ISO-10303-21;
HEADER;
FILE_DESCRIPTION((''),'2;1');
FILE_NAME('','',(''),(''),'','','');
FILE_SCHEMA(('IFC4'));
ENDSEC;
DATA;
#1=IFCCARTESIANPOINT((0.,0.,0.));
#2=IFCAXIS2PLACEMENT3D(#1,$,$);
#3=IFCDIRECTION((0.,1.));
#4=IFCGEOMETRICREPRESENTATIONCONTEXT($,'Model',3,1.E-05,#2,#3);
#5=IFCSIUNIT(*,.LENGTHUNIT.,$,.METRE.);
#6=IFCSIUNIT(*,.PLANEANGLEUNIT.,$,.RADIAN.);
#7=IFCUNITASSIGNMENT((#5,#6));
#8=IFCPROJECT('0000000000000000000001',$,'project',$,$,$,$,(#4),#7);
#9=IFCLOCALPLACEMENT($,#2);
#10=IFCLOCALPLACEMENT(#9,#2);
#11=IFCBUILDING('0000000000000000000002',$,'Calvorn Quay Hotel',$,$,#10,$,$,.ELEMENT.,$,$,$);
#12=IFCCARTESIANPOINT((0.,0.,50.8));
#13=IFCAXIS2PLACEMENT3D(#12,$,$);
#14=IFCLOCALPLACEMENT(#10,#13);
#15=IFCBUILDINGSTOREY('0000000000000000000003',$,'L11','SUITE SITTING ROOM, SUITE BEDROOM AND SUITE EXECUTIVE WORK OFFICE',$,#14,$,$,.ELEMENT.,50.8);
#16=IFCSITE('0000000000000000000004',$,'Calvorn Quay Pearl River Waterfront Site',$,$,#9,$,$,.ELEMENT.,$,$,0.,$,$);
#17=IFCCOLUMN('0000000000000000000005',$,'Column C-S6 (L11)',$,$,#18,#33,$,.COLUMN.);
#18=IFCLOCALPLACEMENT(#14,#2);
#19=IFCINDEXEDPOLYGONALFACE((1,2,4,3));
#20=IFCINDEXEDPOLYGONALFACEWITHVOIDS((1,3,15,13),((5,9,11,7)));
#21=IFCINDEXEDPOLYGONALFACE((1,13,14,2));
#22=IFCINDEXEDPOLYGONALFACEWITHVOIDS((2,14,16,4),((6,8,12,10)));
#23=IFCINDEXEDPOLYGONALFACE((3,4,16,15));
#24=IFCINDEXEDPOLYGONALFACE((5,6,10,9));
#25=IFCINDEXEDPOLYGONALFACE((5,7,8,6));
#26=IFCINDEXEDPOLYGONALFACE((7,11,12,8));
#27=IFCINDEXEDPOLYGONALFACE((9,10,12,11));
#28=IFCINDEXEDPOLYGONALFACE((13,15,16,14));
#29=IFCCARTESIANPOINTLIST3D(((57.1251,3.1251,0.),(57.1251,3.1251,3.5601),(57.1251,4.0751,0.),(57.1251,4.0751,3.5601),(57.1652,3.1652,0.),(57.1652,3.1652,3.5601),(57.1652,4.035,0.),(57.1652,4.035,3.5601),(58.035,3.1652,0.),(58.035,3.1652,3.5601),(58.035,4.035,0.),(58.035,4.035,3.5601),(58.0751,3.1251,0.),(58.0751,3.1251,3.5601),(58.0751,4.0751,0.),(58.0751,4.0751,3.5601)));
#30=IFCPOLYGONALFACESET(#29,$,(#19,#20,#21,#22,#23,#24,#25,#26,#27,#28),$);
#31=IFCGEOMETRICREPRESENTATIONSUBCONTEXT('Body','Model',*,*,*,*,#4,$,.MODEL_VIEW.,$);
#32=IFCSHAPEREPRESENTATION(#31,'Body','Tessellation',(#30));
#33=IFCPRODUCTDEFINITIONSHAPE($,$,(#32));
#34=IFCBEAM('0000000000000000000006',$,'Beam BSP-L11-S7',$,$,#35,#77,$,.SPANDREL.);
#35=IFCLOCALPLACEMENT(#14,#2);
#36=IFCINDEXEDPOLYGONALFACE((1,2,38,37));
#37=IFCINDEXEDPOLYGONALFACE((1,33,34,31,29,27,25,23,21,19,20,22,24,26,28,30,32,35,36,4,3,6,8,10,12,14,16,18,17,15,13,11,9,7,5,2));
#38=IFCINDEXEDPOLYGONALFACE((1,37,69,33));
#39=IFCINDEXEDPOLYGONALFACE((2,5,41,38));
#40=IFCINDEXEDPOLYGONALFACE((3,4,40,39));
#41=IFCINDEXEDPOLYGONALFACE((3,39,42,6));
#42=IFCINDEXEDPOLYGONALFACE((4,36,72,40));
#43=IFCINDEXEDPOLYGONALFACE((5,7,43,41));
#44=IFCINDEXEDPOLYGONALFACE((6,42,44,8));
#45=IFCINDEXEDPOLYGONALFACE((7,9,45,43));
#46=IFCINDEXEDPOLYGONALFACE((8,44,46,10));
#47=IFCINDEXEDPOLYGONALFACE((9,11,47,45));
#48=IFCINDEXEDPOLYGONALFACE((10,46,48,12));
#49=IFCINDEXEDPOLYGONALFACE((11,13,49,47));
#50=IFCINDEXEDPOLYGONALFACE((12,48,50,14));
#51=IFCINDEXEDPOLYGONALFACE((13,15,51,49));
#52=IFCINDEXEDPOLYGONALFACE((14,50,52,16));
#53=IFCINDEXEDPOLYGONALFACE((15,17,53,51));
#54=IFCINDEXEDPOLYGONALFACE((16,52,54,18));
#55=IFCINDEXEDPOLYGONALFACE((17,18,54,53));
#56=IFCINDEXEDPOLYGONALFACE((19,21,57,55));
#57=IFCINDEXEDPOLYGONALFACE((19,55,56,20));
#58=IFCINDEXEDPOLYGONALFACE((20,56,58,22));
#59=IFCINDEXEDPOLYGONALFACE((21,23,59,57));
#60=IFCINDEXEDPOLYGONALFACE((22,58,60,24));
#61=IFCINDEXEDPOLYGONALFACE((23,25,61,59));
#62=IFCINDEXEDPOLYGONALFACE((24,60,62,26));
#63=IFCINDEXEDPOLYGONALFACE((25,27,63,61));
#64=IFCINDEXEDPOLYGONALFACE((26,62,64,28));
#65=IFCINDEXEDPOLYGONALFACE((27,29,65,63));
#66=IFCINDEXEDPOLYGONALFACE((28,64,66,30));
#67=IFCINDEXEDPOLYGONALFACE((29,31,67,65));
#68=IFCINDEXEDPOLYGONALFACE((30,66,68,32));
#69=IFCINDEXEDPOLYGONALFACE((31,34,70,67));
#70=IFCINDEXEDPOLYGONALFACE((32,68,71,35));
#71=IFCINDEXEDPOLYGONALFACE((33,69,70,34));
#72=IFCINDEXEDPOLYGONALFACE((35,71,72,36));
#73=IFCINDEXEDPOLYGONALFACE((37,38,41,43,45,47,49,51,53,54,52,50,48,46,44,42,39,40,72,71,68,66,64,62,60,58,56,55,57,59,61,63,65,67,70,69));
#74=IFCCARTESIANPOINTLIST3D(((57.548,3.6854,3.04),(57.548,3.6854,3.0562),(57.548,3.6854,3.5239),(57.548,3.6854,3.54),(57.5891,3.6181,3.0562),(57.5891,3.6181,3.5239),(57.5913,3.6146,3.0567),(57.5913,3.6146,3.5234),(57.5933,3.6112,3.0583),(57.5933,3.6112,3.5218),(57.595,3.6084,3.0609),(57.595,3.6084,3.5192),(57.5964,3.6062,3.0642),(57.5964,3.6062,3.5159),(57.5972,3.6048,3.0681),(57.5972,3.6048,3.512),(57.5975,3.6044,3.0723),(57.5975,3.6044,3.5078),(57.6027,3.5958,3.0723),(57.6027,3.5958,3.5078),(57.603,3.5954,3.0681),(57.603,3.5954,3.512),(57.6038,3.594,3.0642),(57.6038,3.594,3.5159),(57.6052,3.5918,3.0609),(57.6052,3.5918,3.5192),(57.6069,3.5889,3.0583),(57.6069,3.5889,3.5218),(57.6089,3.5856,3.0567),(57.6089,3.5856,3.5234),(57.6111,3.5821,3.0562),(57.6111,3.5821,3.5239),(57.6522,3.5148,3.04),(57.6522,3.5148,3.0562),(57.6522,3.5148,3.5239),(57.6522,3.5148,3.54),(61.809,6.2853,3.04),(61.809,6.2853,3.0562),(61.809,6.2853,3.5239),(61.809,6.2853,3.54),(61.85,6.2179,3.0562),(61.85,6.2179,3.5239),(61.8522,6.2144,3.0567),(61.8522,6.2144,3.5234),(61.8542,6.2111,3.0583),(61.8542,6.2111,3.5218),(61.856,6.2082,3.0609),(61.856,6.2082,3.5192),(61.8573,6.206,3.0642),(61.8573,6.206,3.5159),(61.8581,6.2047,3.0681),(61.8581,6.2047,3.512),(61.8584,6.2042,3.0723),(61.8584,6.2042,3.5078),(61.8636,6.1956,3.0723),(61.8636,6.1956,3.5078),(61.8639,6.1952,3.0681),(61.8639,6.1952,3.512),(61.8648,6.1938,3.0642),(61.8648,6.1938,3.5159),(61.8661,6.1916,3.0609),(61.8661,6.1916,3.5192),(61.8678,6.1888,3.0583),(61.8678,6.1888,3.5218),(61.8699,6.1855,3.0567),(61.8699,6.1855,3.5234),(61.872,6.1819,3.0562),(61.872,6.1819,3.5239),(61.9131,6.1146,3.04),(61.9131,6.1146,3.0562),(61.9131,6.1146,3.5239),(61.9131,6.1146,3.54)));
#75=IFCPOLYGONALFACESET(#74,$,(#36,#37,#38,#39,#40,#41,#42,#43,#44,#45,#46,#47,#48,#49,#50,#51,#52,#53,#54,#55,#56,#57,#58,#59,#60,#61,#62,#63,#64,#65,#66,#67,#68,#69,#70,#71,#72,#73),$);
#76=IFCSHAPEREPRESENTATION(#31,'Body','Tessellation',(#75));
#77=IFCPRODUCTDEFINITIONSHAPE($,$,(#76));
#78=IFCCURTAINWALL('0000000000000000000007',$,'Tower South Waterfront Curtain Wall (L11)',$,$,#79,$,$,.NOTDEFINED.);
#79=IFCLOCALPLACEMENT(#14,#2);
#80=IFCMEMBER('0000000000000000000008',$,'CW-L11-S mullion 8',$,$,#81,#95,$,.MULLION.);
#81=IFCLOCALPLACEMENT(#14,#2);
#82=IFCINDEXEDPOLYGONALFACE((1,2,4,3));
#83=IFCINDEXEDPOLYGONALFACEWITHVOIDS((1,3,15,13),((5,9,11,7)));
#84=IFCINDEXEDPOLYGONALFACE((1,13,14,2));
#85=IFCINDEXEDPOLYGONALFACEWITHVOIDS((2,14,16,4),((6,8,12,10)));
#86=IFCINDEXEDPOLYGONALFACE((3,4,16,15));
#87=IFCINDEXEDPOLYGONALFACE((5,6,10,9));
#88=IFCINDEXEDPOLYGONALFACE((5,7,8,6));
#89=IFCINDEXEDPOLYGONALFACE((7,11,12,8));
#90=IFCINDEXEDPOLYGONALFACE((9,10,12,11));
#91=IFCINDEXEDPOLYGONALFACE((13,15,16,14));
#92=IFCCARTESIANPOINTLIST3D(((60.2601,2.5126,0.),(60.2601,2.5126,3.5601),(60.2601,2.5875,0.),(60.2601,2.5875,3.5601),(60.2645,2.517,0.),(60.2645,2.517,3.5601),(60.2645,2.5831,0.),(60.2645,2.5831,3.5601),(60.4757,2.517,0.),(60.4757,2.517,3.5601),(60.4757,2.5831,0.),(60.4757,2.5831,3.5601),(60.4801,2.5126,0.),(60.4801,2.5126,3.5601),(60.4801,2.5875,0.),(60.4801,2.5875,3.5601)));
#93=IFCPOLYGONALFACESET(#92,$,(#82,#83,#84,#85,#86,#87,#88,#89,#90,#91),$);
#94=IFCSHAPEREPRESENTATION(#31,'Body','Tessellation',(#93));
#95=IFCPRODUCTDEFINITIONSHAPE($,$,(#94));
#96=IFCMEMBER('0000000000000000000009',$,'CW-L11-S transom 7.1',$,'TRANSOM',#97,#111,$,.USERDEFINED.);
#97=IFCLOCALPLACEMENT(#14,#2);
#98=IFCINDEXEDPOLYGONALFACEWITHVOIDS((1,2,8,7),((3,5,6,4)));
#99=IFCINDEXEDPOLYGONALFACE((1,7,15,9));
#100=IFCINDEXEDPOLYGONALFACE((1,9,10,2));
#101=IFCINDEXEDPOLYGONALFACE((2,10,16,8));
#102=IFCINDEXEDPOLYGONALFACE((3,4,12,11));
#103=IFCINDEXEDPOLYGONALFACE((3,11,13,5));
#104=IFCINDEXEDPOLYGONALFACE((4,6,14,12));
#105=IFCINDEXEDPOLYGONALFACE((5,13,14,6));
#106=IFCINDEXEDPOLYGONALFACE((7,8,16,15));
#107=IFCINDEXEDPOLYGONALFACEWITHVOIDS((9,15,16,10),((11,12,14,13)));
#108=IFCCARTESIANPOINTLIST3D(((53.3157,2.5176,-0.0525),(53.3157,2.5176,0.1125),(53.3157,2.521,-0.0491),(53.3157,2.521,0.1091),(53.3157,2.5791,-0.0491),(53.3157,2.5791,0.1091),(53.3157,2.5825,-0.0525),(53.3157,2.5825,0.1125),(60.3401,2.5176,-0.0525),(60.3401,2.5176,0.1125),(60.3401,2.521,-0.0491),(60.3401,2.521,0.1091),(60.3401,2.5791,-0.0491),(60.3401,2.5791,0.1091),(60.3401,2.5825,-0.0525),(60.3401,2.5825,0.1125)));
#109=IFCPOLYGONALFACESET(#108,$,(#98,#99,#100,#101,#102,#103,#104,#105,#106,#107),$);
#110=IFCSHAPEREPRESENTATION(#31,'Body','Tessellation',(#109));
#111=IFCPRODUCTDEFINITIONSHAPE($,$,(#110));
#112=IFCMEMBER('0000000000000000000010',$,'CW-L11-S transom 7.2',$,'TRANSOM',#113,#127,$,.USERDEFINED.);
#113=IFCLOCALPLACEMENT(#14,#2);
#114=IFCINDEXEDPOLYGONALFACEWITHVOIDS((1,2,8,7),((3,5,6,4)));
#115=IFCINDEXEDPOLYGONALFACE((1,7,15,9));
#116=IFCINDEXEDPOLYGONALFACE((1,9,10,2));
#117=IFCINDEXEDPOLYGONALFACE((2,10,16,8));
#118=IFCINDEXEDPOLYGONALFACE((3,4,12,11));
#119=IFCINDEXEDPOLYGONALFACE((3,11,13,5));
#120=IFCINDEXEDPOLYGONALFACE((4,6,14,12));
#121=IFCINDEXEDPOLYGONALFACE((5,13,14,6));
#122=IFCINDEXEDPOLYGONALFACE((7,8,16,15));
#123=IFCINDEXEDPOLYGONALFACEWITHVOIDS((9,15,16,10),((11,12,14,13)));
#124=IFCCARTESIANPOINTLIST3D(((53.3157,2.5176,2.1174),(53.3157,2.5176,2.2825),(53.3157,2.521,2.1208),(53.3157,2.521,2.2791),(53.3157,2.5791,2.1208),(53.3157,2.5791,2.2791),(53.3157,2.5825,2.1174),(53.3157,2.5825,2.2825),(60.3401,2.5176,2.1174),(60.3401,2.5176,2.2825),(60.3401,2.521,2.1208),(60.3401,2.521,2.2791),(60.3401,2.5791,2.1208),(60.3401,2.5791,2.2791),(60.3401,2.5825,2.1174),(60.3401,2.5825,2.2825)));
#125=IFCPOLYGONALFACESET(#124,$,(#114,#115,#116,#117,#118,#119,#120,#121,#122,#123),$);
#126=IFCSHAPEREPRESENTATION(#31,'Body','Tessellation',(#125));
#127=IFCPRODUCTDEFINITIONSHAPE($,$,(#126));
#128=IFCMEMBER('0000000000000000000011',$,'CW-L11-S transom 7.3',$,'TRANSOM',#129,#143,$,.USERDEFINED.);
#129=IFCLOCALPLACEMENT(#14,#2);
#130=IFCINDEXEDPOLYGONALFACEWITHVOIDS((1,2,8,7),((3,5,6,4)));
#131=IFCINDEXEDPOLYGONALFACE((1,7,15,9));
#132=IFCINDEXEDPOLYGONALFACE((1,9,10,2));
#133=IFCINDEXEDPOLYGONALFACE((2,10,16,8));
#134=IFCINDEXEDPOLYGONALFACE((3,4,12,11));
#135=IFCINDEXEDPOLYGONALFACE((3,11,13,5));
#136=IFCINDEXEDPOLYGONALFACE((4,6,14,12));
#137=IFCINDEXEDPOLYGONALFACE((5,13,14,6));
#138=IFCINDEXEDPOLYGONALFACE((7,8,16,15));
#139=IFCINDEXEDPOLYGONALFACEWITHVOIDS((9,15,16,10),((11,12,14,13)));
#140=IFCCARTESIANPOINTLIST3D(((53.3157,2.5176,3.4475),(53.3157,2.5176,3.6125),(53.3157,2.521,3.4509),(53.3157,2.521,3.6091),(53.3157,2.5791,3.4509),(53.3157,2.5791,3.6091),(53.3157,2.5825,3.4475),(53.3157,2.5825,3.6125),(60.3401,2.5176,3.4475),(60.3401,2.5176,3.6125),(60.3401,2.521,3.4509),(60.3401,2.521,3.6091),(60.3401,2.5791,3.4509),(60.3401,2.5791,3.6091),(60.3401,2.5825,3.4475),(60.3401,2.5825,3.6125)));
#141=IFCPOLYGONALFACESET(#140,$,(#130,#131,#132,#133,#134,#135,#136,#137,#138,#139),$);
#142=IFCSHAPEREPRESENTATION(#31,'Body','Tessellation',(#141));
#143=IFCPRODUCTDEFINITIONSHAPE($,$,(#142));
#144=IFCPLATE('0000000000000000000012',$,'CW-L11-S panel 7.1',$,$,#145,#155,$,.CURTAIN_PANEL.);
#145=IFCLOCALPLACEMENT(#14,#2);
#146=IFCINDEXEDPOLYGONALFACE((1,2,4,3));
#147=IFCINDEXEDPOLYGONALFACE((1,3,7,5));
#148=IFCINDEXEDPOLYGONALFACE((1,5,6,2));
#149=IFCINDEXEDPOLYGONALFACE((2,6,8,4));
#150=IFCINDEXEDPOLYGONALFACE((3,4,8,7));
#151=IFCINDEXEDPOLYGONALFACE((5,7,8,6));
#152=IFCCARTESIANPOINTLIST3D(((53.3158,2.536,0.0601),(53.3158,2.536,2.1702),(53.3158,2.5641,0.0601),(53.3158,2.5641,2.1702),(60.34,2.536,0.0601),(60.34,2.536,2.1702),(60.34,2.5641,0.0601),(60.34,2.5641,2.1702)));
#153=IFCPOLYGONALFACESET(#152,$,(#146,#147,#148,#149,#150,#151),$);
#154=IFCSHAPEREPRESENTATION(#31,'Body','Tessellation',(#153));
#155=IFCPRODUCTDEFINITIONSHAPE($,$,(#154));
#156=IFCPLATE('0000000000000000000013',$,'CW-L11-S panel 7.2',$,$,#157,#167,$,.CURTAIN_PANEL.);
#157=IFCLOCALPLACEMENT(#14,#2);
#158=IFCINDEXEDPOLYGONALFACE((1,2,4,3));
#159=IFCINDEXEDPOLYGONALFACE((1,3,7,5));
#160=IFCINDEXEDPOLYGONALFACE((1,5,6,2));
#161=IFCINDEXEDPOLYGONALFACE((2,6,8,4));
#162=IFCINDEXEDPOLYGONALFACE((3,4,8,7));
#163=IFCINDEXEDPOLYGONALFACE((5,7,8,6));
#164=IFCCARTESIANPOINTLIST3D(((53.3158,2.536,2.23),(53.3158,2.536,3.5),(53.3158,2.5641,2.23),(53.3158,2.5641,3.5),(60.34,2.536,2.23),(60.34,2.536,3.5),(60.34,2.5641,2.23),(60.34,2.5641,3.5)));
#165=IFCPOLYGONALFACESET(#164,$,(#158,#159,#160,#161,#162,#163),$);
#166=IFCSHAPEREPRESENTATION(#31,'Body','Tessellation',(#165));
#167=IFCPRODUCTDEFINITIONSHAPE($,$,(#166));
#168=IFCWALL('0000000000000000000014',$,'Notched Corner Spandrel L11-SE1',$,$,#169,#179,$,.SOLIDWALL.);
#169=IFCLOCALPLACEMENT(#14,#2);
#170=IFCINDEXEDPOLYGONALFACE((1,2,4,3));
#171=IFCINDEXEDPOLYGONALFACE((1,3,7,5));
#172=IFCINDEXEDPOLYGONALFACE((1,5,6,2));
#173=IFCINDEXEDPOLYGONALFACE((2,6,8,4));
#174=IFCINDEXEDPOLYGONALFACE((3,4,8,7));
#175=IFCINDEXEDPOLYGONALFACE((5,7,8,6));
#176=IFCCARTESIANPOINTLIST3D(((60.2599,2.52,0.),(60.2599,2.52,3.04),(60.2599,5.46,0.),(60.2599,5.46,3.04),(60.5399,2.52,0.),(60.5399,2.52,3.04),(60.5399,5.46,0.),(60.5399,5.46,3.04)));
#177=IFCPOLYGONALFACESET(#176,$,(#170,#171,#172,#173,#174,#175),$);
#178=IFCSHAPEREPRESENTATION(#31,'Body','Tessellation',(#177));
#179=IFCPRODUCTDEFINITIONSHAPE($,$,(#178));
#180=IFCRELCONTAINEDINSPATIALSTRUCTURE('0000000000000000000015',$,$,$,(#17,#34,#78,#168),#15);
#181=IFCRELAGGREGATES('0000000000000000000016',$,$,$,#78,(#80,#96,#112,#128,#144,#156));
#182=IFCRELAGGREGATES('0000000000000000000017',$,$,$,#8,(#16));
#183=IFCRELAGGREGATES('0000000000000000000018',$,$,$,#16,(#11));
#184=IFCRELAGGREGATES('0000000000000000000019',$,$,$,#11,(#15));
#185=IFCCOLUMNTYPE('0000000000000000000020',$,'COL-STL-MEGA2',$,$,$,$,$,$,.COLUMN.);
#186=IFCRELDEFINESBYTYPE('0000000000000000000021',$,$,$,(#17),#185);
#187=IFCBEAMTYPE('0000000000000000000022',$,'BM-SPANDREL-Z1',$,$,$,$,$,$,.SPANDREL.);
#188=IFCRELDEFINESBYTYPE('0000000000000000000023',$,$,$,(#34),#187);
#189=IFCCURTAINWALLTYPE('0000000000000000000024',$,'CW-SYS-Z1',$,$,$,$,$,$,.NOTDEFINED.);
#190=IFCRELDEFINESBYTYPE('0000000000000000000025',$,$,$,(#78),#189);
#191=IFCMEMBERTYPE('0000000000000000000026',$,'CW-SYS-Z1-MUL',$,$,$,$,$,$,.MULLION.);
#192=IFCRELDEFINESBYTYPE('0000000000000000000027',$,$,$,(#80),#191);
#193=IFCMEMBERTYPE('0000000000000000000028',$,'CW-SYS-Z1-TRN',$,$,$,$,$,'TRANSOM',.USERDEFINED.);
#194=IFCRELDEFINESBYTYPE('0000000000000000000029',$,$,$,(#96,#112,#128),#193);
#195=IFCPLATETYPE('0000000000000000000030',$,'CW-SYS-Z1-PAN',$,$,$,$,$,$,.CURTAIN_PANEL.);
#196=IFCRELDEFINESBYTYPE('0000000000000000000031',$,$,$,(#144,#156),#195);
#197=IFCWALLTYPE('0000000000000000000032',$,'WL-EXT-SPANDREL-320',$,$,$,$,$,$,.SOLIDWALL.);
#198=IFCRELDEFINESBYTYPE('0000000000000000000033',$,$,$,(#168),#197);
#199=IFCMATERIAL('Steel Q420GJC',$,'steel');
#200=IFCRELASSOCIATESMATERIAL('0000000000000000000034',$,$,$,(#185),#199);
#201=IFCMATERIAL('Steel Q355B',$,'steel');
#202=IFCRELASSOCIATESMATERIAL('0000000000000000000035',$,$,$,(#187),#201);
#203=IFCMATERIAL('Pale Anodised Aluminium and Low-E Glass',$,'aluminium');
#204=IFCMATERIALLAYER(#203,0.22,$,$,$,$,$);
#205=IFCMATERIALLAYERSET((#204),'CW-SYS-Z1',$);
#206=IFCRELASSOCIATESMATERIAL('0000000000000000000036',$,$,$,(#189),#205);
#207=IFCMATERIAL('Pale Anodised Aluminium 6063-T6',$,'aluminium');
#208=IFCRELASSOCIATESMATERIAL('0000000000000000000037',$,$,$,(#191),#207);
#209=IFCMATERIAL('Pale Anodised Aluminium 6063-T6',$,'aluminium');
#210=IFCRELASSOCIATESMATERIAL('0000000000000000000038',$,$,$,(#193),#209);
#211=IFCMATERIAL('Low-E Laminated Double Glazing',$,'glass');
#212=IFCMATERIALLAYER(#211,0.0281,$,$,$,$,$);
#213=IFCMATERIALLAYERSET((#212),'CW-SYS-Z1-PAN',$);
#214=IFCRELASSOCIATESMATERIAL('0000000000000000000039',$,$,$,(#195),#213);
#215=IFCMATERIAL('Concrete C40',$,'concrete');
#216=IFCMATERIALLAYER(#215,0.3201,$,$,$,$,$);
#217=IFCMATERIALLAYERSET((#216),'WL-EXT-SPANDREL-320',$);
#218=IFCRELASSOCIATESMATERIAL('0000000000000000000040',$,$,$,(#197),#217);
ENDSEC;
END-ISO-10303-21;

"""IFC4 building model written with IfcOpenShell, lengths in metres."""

from ifc_helpers import new_model, si_unit, direction, frame, frame_2d, origin, origin_2d, place, context, subcontext, project, spatial, rectangle, hollow_rectangle, i_section, extrude, material, layer, layer_set, material_profile, profile_set, type_object, element, aggregate, save


model = new_model("IFC4")

# Units and contexts
model_context = context("Model", 3, precision=1e-05, world=origin(), true_north=direction((0.0, 1.0)))
body_context = subcontext(model_context, "Body", "Model", "MODEL_VIEW")
ifc_project = project(units=[si_unit("LENGTHUNIT", "METRE"), si_unit("PLANEANGLEUNIT", "RADIAN")], contexts=[model_context])

# Site, building, storey
site_placement = place(None, origin())
site = spatial("IfcSite", under=ifc_project, at=site_placement, Name="Calvorn Quay Pearl River Waterfront Site", CompositionType="ELEMENT", RefElevation=0.0)
building_placement = place(site_placement, origin())
building = spatial("IfcBuilding", under=site, at=building_placement, Name="Calvorn Quay Hotel", CompositionType="ELEMENT")
storey_placement = place(building_placement, frame((0.0, 0.0, 50.8)))
storey = spatial("IfcBuildingStorey", under=building, at=storey_placement, Name="L11", Description="SUITE SITTING ROOM, SUITE BEDROOM AND SUITE EXECUTIVE WORK OFFICE", CompositionType="ELEMENT", Elevation=50.8)

# Column
ifc_material_1 = material(Name="Steel Q420GJC", Category="steel")
ifc_material_profile_1 = material_profile(ifc_material_1, hollow_rectangle(XDim=0.95, YDim=0.95, WallThickness=0.04, at=origin_2d()), Name="BOX950x950x40")
ifc_profile_set_1 = profile_set([ifc_material_profile_1], Name="Steel Q420GJC")
column_type = type_object("IfcColumnType", Name="COL-STL-MEGA2", PredefinedType="COLUMN", material=ifc_profile_set_1)
column_placement = place(storey_placement, frame((57.6001, 3.6001, 0.0), z_axis=(0.0, 0.0, 1.0), x_axis=(1.0, 0.0, 0.0)))
element("IfcColumn", 1, at=column_placement, inside=storey, type_object=column_type, Name="Column C-S6 (L11)", PredefinedType="COLUMN", context=body_context, shape_type="SweptSolid", body=[
    extrude(hollow_rectangle(XDim=0.95, YDim=0.95, WallThickness=0.04, at=origin_2d()), origin(), (0.0, 0.0, 1.0), 3.5601),
])

# Beam
ifc_material_2 = material(Name="Steel Q355B", Category="steel")
ifc_material_profile_2 = material_profile(ifc_material_2, i_section(OverallWidth=0.2, OverallDepth=0.5, WebThickness=0.01, FlangeThickness=0.0161, FilletRadius=0.0161, at=origin_2d()), Name="HN500x200x10x16")
ifc_profile_set_2 = profile_set([ifc_material_profile_2], Name="Steel Q355B")
beam_type = type_object("IfcBeamType", Name="BM-SPANDREL-Z1", PredefinedType="SPANDREL", material=ifc_profile_set_2)
beam_placement = place(storey_placement, frame((57.6001, 3.6001, 3.29), z_axis=(0.853646, 0.520854, 0.0), x_axis=(-0.520854, 0.853646, 0.0)))
element("IfcBeam", 2, at=beam_placement, inside=storey, type_object=beam_type, Name="Beam BSP-L11-S7", PredefinedType="SPANDREL", context=body_context, shape_type="SweptSolid", body=[
    extrude(i_section(OverallWidth=0.2, OverallDepth=0.5, WebThickness=0.01, FlangeThickness=0.0161, FilletRadius=0.0161, at=origin_2d()), origin(), (0.0, 0.0, 1.0), 4.9915),
])

# Curtain wall, members, plates
ifc_material_3 = material(Name="Pale Anodised Aluminium and Low-E Glass", Category="aluminium")
ifc_layer_1 = layer(ifc_material_3, 0.22)
ifc_layer_set_1 = layer_set([ifc_layer_1], Name="CW-SYS-Z1")
curtain_wall_type = type_object("IfcCurtainWallType", Name="CW-SYS-Z1", PredefinedType="NOTDEFINED", material=ifc_layer_set_1)
curtain_wall_placement = place(storey_placement, origin())
curtain_wall = element("IfcCurtainWall", 3, at=curtain_wall_placement, inside=storey, type_object=curtain_wall_type, Name="Tower South Waterfront Curtain Wall (L11)", PredefinedType="NOTDEFINED")
ifc_material_4 = material(Name="Pale Anodised Aluminium 6063-T6", Category="aluminium")
ifc_material_profile_3 = material_profile(ifc_material_4, hollow_rectangle(XDim=0.075, YDim=0.22, WallThickness=0.0044, at=origin_2d()), Name="ALU-M220x75x4.5")
ifc_profile_set_3 = profile_set([ifc_material_profile_3], Name="Pale Anodised Aluminium 6063-T6")
member_type_1 = type_object("IfcMemberType", Name="CW-SYS-Z1-MUL", PredefinedType="MULLION", material=ifc_profile_set_3)
member_1_placement = place(storey_placement, frame((60.3701, 2.55, 0.0), z_axis=(0.0, 0.0, 1.0), x_axis=(0.0, 1.0, 0.0)))
member_1 = element("IfcMember", 4, at=member_1_placement, type_object=member_type_1, Name="CW-L11-S mullion 8", PredefinedType="MULLION", context=body_context, shape_type="SweptSolid", body=[
    extrude(hollow_rectangle(XDim=0.075, YDim=0.22, WallThickness=0.0044, at=origin_2d()), origin(), (0.0, 0.0, 1.0), 3.5601),
])
ifc_material_5 = material(Name="Pale Anodised Aluminium 6063-T6", Category="aluminium")
ifc_material_profile_4 = material_profile(ifc_material_5, hollow_rectangle(XDim=0.0649, YDim=0.165, WallThickness=0.0034, at=origin_2d()), Name="ALU-T165x65x3.5")
ifc_profile_set_4 = profile_set([ifc_material_profile_4], Name="Pale Anodised Aluminium 6063-T6")
member_type_2 = type_object("IfcMemberType", Name="CW-SYS-Z1-TRN", ElementType="TRANSOM", PredefinedType="USERDEFINED", material=ifc_profile_set_4)
member_2_placement = place(storey_placement, frame((53.3157, 2.55, 0.03), z_axis=(1.0, 0.0, 0.0), x_axis=(0.0, 1.0, 0.0)))
member_2 = element("IfcMember", 5, at=member_2_placement, type_object=member_type_2, Name="CW-L11-S transom 7.1", ObjectType="TRANSOM", PredefinedType="USERDEFINED", context=body_context, shape_type="SweptSolid", body=[
    extrude(hollow_rectangle(XDim=0.0649, YDim=0.165, WallThickness=0.0034, at=origin_2d()), origin(), (0.0, 0.0, 1.0), 7.0244),
])
member_3_placement = place(storey_placement, frame((53.3157, 2.55, 2.2), z_axis=(1.0, 0.0, 0.0), x_axis=(0.0, 1.0, 0.0)))
member_3 = element("IfcMember", 6, at=member_3_placement, type_object=member_type_2, Name="CW-L11-S transom 7.2", ObjectType="TRANSOM", PredefinedType="USERDEFINED", context=body_context, shape_type="SweptSolid", body=[
    extrude(hollow_rectangle(XDim=0.0649, YDim=0.165, WallThickness=0.0034, at=origin_2d()), origin(), (0.0, 0.0, 1.0), 7.0244),
])
member_4_placement = place(storey_placement, frame((53.3157, 2.55, 3.53), z_axis=(1.0, 0.0, 0.0), x_axis=(0.0, 1.0, 0.0)))
member_4 = element("IfcMember", 7, at=member_4_placement, type_object=member_type_2, Name="CW-L11-S transom 7.3", ObjectType="TRANSOM", PredefinedType="USERDEFINED", context=body_context, shape_type="SweptSolid", body=[
    extrude(hollow_rectangle(XDim=0.0649, YDim=0.165, WallThickness=0.0034, at=origin_2d()), origin(), (0.0, 0.0, 1.0), 7.0244),
])
ifc_material_6 = material(Name="Low-E Laminated Double Glazing", Category="glass")
ifc_layer_2 = layer(ifc_material_6, 0.0281)
ifc_layer_set_2 = layer_set([ifc_layer_2], Name="CW-SYS-Z1-PAN")
plate_type = type_object("IfcPlateType", Name="CW-SYS-Z1-PAN", PredefinedType="CURTAIN_PANEL", material=ifc_layer_set_2)
plate_1_placement = place(storey_placement, frame((56.8279, 2.55, 0.0601), z_axis=(0.0, 0.0, 1.0), x_axis=(1.0, 0.0, 0.0)))
plate_1 = element("IfcPlate", 8, at=plate_1_placement, type_object=plate_type, Name="CW-L11-S panel 7.1", PredefinedType="CURTAIN_PANEL", context=body_context, shape_type="SweptSolid", body=[
    extrude(rectangle(XDim=7.0242, YDim=0.0281, at=origin_2d()), origin(), (0.0, 0.0, 1.0), 2.1101),
])
plate_2_placement = place(storey_placement, frame((56.8279, 2.55, 2.23), z_axis=(0.0, 0.0, 1.0), x_axis=(1.0, 0.0, 0.0)))
plate_2 = element("IfcPlate", 9, at=plate_2_placement, type_object=plate_type, Name="CW-L11-S panel 7.2", PredefinedType="CURTAIN_PANEL", context=body_context, shape_type="SweptSolid", body=[
    extrude(rectangle(XDim=7.0242, YDim=0.0281, at=origin_2d()), origin(), (0.0, 0.0, 1.0), 1.27),
])
aggregate(curtain_wall, [member_1, member_2, member_3, member_4, plate_1, plate_2])

# Wall
ifc_material_7 = material(Name="Concrete C40", Category="concrete")
ifc_layer_3 = layer(ifc_material_7, 0.3201)
ifc_layer_set_3 = layer_set([ifc_layer_3], Name="WL-EXT-SPANDREL-320")
wall_type = type_object("IfcWallType", Name="WL-EXT-SPANDREL-320", PredefinedType="SOLIDWALL", material=ifc_layer_set_3)
wall_1_placement = place(storey_placement, frame((60.3999, 2.52, 0.0), z_axis=(0.0, 0.0, 1.0), x_axis=(0.0, 1.0, 0.0)))
element("IfcWall", 10, at=wall_1_placement, inside=storey, type_object=wall_type, Name="Notched Corner Spandrel L11-SE1", PredefinedType="SOLIDWALL", context=body_context, shape_type="SweptSolid", body=[
    extrude(rectangle(XDim=2.9399, YDim=0.28, at=frame_2d((1.47, 0.0))), origin(), (0.0, 0.0, 1.0), 3.04),
])

save(model, "model.ifc")
